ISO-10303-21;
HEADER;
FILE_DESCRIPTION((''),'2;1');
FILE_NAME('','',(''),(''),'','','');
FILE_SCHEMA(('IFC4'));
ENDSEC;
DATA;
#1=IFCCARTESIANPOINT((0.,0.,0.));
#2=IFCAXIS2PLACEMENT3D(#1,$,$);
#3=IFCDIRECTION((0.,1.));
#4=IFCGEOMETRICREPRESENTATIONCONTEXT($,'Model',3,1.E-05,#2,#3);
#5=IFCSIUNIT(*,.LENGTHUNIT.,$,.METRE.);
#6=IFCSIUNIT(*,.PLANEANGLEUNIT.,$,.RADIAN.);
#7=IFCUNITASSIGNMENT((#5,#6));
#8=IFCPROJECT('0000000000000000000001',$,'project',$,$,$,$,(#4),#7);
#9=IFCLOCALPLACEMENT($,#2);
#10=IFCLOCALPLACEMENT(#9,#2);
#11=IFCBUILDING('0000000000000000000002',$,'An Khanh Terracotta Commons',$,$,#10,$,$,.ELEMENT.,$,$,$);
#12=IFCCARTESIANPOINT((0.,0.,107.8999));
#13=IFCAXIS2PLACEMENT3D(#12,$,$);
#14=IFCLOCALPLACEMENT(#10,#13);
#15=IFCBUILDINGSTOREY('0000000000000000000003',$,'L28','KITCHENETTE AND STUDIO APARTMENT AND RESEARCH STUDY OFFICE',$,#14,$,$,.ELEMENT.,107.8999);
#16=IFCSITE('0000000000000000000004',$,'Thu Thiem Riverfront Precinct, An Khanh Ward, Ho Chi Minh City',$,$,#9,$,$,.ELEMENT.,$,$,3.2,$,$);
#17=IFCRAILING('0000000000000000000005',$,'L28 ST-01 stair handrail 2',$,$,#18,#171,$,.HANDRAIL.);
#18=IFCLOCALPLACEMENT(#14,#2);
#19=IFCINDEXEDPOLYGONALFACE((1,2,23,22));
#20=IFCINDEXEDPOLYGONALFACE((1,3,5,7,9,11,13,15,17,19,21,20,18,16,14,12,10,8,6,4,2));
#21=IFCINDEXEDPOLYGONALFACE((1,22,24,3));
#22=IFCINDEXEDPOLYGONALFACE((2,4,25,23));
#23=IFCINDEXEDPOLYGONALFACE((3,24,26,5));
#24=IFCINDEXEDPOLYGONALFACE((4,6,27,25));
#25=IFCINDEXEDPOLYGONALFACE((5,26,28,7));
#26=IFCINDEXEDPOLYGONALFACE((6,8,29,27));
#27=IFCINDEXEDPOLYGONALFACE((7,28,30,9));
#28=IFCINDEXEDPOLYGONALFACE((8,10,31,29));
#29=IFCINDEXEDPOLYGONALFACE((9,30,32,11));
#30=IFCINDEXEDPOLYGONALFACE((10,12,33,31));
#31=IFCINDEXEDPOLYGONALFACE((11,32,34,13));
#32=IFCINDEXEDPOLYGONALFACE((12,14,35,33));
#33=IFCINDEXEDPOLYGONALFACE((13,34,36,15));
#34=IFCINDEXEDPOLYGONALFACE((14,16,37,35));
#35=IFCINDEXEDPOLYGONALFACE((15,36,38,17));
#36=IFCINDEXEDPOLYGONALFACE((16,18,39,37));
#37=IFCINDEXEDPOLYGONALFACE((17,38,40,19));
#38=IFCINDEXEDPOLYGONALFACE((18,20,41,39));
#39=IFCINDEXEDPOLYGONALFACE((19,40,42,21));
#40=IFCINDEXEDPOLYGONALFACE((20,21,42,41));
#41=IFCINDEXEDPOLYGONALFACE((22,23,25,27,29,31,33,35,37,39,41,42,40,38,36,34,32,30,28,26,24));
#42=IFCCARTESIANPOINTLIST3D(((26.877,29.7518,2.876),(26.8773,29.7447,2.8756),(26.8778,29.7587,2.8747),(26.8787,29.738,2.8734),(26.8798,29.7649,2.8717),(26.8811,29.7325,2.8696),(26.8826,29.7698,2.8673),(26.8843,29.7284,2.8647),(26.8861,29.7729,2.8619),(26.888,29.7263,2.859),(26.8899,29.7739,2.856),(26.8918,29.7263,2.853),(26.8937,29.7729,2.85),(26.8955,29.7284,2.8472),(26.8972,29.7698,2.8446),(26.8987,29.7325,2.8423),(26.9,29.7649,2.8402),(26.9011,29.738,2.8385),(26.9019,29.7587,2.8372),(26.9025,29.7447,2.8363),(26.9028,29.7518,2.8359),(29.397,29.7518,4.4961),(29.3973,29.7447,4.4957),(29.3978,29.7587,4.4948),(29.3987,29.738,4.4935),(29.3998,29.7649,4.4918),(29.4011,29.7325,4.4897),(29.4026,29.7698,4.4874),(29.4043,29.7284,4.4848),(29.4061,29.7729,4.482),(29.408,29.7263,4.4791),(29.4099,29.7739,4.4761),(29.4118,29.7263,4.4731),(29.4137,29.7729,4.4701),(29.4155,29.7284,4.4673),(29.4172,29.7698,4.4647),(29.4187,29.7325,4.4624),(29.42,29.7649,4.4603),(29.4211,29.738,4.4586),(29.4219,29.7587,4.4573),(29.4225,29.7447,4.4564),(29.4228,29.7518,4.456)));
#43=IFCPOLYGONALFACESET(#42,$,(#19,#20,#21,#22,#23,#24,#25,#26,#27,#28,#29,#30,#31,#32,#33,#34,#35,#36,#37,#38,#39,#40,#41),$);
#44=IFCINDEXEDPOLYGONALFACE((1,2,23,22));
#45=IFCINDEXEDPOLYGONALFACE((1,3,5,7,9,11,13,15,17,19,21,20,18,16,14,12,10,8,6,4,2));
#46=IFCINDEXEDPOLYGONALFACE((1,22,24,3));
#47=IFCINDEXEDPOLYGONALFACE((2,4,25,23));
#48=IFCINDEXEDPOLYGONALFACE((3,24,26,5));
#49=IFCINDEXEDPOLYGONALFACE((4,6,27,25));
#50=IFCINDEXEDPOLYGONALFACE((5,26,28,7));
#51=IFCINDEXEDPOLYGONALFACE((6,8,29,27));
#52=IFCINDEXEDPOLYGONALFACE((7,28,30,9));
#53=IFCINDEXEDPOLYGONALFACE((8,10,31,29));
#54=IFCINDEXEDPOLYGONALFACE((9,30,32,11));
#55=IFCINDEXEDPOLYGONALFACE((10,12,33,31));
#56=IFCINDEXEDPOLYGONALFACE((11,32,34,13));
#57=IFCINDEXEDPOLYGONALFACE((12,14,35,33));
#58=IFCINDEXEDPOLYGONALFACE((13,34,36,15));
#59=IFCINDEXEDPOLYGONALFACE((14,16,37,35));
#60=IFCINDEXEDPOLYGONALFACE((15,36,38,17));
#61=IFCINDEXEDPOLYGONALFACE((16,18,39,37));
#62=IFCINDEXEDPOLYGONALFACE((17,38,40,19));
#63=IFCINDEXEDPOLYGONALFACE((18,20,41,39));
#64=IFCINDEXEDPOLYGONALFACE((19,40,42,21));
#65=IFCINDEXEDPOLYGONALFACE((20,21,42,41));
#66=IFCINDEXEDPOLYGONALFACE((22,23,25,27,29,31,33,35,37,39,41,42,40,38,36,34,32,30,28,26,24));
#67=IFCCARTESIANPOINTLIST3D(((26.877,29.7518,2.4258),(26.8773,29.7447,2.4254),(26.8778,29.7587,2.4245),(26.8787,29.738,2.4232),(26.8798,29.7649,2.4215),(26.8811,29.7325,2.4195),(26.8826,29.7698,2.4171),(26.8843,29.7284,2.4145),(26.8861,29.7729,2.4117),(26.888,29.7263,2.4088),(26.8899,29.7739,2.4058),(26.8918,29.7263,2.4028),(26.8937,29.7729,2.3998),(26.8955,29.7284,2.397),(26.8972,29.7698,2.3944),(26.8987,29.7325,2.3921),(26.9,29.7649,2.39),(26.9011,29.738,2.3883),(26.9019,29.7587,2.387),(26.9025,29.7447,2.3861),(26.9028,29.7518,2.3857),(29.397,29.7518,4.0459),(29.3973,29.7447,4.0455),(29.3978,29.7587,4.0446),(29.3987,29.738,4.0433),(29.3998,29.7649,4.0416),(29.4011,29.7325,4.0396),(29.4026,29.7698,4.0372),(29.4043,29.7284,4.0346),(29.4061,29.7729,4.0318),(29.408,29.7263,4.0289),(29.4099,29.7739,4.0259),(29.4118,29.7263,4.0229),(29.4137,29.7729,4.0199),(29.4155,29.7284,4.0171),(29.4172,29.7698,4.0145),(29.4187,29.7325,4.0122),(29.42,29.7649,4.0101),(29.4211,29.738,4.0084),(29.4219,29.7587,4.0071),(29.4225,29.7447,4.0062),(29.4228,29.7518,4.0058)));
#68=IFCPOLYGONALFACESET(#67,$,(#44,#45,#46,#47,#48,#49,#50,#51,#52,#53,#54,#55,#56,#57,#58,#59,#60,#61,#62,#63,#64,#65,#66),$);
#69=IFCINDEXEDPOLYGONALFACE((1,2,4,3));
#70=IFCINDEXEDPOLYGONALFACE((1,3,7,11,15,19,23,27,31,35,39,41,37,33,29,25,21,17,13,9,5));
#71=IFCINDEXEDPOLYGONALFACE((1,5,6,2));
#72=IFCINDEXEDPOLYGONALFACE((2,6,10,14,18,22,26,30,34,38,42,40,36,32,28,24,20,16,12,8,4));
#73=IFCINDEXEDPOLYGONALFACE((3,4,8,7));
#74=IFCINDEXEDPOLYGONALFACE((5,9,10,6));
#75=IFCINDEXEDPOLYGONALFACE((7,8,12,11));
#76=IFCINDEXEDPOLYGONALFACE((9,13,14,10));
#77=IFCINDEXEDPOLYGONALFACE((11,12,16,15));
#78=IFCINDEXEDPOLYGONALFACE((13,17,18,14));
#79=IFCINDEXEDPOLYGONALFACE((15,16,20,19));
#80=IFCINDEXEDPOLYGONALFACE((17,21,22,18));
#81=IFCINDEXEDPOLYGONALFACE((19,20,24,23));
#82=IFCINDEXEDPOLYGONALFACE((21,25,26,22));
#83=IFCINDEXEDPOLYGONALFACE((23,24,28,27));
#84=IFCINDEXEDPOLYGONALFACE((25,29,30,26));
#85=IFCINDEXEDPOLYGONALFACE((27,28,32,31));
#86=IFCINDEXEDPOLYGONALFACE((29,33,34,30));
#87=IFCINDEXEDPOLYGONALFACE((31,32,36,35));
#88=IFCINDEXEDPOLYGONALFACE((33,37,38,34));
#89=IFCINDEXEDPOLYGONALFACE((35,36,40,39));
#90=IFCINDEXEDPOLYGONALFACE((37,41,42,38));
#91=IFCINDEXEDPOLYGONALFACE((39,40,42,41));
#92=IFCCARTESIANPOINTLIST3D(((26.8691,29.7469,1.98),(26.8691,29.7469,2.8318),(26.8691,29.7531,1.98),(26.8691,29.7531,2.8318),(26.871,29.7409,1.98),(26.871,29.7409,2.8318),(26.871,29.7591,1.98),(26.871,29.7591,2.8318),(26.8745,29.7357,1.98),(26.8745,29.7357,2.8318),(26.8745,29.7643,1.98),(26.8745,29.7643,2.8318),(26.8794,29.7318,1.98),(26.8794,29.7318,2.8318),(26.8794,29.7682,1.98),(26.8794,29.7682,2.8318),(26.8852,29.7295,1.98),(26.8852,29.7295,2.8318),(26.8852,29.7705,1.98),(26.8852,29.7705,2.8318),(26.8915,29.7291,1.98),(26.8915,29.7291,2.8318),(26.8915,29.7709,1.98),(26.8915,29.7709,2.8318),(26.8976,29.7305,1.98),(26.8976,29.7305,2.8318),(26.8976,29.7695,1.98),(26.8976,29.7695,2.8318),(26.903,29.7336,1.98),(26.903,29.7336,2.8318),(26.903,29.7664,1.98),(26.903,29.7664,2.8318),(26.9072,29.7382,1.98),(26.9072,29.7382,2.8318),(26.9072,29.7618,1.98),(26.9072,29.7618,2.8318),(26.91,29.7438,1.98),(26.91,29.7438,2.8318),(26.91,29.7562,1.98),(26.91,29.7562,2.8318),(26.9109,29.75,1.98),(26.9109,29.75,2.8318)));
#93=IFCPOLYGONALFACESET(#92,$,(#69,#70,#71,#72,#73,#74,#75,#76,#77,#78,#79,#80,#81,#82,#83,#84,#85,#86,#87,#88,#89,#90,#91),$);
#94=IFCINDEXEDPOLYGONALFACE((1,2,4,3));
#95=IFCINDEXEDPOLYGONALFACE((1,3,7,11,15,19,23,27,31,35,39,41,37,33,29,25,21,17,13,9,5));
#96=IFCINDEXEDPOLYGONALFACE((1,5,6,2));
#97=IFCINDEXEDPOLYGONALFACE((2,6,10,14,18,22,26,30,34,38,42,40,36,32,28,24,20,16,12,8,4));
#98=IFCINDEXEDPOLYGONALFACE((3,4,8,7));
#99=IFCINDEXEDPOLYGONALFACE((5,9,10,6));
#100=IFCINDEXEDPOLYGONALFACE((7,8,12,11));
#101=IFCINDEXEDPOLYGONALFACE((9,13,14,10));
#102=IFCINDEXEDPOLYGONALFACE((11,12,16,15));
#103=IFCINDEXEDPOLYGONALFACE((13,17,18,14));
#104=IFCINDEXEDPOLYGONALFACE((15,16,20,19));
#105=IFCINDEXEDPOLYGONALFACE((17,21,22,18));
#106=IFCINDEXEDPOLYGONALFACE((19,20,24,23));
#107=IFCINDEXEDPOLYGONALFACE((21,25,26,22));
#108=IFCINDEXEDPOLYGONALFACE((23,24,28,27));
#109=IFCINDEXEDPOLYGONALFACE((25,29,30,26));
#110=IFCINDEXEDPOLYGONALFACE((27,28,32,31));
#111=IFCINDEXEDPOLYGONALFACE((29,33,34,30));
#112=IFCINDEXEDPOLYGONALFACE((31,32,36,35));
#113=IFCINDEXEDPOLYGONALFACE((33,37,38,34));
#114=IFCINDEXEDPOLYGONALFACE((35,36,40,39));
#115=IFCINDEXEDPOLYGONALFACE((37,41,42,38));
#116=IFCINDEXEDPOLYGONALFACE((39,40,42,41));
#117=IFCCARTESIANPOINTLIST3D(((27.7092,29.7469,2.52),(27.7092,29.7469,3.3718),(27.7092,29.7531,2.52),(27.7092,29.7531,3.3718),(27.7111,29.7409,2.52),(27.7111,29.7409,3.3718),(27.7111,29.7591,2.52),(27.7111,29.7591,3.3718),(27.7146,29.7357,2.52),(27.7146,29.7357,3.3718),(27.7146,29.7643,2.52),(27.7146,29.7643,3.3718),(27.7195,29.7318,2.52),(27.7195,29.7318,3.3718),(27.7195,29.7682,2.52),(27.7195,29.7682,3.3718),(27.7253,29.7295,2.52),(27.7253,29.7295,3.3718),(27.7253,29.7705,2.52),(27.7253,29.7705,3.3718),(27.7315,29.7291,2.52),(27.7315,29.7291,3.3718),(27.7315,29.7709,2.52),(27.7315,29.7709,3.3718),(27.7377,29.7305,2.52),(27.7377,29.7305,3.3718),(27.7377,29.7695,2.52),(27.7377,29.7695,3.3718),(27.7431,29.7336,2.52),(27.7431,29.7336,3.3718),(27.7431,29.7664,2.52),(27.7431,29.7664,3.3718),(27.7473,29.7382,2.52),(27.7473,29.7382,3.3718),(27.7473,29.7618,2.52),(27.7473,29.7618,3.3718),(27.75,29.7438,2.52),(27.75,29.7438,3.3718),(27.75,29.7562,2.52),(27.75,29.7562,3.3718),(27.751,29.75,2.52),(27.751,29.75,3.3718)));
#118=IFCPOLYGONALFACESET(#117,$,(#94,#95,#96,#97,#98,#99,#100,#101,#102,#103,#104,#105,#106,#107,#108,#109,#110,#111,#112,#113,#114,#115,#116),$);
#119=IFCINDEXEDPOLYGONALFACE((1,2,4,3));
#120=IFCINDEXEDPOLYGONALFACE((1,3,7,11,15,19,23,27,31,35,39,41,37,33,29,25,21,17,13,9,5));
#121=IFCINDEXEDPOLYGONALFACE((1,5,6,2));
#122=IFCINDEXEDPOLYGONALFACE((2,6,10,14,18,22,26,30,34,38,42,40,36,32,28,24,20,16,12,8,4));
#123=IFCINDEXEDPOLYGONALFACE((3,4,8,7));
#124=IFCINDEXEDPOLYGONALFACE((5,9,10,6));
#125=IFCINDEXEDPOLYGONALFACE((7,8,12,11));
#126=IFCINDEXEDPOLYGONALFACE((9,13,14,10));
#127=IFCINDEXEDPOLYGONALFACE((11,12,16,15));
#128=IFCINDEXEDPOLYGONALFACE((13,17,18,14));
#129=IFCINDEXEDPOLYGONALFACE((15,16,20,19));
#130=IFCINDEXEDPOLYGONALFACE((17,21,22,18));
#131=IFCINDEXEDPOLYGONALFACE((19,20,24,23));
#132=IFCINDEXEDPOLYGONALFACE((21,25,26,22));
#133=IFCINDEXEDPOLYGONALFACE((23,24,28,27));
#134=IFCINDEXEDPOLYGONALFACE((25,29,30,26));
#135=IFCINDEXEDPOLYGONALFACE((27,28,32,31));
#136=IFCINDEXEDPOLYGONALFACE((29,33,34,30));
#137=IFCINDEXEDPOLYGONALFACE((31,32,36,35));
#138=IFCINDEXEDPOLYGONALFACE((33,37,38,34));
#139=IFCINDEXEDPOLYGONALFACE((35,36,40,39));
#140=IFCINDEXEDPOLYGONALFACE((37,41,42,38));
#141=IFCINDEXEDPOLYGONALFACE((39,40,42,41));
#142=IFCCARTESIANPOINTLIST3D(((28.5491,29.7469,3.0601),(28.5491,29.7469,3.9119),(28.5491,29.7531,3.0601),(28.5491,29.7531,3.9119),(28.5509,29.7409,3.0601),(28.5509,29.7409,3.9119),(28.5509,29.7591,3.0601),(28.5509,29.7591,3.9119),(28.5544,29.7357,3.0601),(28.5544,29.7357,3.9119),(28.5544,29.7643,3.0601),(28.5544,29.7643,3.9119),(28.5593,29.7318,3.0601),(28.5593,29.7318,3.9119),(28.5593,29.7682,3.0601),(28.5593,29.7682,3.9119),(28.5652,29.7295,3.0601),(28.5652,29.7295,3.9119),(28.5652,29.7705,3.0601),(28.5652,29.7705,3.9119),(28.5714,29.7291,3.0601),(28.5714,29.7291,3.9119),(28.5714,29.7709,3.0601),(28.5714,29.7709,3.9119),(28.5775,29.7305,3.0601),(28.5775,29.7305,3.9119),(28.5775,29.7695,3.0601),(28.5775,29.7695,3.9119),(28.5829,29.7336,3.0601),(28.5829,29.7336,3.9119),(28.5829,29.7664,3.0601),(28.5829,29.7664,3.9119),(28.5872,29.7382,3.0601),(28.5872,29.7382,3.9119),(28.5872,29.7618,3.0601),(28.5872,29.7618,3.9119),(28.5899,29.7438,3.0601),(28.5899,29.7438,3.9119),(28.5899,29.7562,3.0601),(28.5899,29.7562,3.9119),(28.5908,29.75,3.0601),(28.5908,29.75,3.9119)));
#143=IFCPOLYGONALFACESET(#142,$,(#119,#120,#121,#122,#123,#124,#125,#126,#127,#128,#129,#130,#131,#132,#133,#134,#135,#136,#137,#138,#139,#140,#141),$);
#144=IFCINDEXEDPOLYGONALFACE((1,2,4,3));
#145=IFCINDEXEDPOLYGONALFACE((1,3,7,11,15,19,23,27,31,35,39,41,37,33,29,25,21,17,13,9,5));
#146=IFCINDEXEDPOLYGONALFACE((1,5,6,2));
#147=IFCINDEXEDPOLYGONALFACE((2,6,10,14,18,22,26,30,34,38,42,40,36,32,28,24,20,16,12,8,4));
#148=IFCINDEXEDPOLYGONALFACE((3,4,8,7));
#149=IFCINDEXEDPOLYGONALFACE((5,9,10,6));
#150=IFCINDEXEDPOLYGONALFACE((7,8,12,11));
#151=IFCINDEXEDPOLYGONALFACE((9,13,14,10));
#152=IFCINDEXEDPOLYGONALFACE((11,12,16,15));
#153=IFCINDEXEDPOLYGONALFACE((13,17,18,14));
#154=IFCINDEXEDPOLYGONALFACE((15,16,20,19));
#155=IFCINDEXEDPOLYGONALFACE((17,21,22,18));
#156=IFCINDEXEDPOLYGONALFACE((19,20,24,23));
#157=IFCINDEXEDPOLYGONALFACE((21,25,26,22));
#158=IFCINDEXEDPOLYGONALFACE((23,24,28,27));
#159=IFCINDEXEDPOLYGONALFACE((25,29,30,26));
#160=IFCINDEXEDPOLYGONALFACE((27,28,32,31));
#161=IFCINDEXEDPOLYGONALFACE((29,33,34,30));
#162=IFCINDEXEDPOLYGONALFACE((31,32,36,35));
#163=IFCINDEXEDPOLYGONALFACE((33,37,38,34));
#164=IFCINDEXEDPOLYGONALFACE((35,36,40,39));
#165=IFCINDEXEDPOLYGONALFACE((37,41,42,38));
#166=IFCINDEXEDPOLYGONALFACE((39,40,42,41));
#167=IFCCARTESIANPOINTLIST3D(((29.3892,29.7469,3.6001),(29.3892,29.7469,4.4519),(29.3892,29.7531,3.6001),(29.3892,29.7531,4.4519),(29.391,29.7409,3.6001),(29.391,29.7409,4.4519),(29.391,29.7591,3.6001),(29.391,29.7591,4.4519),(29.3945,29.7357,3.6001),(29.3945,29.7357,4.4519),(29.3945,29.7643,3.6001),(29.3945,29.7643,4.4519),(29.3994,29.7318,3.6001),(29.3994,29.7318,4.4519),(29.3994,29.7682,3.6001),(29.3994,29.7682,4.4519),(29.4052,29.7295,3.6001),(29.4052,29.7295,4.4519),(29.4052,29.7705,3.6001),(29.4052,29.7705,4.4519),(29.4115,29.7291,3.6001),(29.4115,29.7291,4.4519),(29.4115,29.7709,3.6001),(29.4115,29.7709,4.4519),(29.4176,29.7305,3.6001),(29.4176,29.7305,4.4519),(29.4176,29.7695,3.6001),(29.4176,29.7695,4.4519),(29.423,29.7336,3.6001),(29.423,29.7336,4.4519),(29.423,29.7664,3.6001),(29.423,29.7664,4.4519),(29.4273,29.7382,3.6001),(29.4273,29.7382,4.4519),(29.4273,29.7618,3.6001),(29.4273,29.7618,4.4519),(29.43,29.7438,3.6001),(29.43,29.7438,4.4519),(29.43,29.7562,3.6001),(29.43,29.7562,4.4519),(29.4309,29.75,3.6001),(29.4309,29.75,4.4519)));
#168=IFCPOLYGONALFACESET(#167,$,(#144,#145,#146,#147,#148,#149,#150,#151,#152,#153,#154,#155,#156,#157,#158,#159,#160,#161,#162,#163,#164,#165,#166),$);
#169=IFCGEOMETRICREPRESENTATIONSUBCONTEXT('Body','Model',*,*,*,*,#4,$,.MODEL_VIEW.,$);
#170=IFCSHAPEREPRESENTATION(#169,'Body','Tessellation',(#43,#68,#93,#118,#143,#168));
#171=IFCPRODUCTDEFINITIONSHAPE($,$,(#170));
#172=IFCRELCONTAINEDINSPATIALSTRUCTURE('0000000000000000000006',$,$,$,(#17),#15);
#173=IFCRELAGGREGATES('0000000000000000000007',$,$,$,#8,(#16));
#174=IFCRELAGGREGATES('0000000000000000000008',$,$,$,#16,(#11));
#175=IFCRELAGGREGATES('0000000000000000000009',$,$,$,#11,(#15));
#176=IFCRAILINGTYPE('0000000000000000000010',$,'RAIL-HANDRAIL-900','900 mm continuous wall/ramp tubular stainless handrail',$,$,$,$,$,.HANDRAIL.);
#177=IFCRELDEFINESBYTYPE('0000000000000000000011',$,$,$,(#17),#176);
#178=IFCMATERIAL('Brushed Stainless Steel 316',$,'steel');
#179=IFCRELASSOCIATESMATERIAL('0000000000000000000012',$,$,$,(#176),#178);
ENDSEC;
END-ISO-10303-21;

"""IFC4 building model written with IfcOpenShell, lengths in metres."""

from ifc_helpers import new_model, si_unit, direction, frame, origin, origin_2d, place, context, subcontext, project, spatial, circle, extrude, material, type_object, element, save


model = new_model("IFC4")

# Units and contexts
model_context = context("Model", 3, precision=1e-05, world=origin(), true_north=direction((0.0, 1.0)))
body_context = subcontext(model_context, "Body", "Model", "MODEL_VIEW")
ifc_project = project(units=[si_unit("LENGTHUNIT", "METRE"), si_unit("PLANEANGLEUNIT", "RADIAN")], contexts=[model_context])

# Site, building, storey
site_placement = place(None, origin())
site = spatial("IfcSite", under=ifc_project, at=site_placement, Name="Thu Thiem Riverfront Precinct, An Khanh Ward, Ho Chi Minh City", CompositionType="ELEMENT", RefElevation=3.2)
building_placement = place(site_placement, origin())
building = spatial("IfcBuilding", under=site, at=building_placement, Name="An Khanh Terracotta Commons", CompositionType="ELEMENT")
storey_placement = place(building_placement, frame((0.0, 0.0, 107.8999)))
storey = spatial("IfcBuildingStorey", under=building, at=storey_placement, Name="L28", Description="KITCHENETTE AND STUDIO APARTMENT AND RESEARCH STUDY OFFICE", CompositionType="ELEMENT", Elevation=107.8999)

# Railing
ifc_material_1 = material(Name="Brushed Stainless Steel 316", Category="steel")
railing_type_1 = type_object("IfcRailingType", Name="RAIL-HANDRAIL-900", Description="900 mm continuous wall/ramp tubular stainless handrail", PredefinedType="HANDRAIL", material=ifc_material_1)
railing_1_placement = place(storey_placement, frame((26.8899, 29.75, 1.98)))
element("IfcRailing", 1, at=railing_1_placement, inside=storey, type_object=railing_type_1, Name="L28 ST-01 stair handrail 2", PredefinedType="HANDRAIL", context=body_context, shape_type="SweptSolid", body=[
    extrude(circle(Radius=0.0239, at=origin_2d()), frame((0.0, 0.0, 0.876), z_axis=(0.841163, 0.0, 0.540782), x_axis=(0.0, 1.0, 0.0)), (0.0, 0.0, 1.0), 2.9958),
    extrude(circle(Radius=0.0239, at=origin_2d()), frame((0.0, 0.0, 0.4258), z_axis=(0.841163, 0.0, 0.540782), x_axis=(0.0, 1.0, 0.0)), (0.0, 0.0, 1.0), 2.9958),
    extrude(circle(Radius=0.021, at=origin_2d()), origin(), (0.0, 0.0, 1.0), 0.8518),
    extrude(circle(Radius=0.021, at=origin_2d()), frame((0.8401, 0.0, 0.54)), (0.0, 0.0, 1.0), 0.8518),
    extrude(circle(Radius=0.021, at=origin_2d()), frame((1.6799, 0.0, 1.0801)), (0.0, 0.0, 1.0), 0.8518),
    extrude(circle(Radius=0.021, at=origin_2d()), frame((2.52, 0.0, 1.6201)), (0.0, 0.0, 1.0), 0.8518),
])

save(model, "model.ifc")
